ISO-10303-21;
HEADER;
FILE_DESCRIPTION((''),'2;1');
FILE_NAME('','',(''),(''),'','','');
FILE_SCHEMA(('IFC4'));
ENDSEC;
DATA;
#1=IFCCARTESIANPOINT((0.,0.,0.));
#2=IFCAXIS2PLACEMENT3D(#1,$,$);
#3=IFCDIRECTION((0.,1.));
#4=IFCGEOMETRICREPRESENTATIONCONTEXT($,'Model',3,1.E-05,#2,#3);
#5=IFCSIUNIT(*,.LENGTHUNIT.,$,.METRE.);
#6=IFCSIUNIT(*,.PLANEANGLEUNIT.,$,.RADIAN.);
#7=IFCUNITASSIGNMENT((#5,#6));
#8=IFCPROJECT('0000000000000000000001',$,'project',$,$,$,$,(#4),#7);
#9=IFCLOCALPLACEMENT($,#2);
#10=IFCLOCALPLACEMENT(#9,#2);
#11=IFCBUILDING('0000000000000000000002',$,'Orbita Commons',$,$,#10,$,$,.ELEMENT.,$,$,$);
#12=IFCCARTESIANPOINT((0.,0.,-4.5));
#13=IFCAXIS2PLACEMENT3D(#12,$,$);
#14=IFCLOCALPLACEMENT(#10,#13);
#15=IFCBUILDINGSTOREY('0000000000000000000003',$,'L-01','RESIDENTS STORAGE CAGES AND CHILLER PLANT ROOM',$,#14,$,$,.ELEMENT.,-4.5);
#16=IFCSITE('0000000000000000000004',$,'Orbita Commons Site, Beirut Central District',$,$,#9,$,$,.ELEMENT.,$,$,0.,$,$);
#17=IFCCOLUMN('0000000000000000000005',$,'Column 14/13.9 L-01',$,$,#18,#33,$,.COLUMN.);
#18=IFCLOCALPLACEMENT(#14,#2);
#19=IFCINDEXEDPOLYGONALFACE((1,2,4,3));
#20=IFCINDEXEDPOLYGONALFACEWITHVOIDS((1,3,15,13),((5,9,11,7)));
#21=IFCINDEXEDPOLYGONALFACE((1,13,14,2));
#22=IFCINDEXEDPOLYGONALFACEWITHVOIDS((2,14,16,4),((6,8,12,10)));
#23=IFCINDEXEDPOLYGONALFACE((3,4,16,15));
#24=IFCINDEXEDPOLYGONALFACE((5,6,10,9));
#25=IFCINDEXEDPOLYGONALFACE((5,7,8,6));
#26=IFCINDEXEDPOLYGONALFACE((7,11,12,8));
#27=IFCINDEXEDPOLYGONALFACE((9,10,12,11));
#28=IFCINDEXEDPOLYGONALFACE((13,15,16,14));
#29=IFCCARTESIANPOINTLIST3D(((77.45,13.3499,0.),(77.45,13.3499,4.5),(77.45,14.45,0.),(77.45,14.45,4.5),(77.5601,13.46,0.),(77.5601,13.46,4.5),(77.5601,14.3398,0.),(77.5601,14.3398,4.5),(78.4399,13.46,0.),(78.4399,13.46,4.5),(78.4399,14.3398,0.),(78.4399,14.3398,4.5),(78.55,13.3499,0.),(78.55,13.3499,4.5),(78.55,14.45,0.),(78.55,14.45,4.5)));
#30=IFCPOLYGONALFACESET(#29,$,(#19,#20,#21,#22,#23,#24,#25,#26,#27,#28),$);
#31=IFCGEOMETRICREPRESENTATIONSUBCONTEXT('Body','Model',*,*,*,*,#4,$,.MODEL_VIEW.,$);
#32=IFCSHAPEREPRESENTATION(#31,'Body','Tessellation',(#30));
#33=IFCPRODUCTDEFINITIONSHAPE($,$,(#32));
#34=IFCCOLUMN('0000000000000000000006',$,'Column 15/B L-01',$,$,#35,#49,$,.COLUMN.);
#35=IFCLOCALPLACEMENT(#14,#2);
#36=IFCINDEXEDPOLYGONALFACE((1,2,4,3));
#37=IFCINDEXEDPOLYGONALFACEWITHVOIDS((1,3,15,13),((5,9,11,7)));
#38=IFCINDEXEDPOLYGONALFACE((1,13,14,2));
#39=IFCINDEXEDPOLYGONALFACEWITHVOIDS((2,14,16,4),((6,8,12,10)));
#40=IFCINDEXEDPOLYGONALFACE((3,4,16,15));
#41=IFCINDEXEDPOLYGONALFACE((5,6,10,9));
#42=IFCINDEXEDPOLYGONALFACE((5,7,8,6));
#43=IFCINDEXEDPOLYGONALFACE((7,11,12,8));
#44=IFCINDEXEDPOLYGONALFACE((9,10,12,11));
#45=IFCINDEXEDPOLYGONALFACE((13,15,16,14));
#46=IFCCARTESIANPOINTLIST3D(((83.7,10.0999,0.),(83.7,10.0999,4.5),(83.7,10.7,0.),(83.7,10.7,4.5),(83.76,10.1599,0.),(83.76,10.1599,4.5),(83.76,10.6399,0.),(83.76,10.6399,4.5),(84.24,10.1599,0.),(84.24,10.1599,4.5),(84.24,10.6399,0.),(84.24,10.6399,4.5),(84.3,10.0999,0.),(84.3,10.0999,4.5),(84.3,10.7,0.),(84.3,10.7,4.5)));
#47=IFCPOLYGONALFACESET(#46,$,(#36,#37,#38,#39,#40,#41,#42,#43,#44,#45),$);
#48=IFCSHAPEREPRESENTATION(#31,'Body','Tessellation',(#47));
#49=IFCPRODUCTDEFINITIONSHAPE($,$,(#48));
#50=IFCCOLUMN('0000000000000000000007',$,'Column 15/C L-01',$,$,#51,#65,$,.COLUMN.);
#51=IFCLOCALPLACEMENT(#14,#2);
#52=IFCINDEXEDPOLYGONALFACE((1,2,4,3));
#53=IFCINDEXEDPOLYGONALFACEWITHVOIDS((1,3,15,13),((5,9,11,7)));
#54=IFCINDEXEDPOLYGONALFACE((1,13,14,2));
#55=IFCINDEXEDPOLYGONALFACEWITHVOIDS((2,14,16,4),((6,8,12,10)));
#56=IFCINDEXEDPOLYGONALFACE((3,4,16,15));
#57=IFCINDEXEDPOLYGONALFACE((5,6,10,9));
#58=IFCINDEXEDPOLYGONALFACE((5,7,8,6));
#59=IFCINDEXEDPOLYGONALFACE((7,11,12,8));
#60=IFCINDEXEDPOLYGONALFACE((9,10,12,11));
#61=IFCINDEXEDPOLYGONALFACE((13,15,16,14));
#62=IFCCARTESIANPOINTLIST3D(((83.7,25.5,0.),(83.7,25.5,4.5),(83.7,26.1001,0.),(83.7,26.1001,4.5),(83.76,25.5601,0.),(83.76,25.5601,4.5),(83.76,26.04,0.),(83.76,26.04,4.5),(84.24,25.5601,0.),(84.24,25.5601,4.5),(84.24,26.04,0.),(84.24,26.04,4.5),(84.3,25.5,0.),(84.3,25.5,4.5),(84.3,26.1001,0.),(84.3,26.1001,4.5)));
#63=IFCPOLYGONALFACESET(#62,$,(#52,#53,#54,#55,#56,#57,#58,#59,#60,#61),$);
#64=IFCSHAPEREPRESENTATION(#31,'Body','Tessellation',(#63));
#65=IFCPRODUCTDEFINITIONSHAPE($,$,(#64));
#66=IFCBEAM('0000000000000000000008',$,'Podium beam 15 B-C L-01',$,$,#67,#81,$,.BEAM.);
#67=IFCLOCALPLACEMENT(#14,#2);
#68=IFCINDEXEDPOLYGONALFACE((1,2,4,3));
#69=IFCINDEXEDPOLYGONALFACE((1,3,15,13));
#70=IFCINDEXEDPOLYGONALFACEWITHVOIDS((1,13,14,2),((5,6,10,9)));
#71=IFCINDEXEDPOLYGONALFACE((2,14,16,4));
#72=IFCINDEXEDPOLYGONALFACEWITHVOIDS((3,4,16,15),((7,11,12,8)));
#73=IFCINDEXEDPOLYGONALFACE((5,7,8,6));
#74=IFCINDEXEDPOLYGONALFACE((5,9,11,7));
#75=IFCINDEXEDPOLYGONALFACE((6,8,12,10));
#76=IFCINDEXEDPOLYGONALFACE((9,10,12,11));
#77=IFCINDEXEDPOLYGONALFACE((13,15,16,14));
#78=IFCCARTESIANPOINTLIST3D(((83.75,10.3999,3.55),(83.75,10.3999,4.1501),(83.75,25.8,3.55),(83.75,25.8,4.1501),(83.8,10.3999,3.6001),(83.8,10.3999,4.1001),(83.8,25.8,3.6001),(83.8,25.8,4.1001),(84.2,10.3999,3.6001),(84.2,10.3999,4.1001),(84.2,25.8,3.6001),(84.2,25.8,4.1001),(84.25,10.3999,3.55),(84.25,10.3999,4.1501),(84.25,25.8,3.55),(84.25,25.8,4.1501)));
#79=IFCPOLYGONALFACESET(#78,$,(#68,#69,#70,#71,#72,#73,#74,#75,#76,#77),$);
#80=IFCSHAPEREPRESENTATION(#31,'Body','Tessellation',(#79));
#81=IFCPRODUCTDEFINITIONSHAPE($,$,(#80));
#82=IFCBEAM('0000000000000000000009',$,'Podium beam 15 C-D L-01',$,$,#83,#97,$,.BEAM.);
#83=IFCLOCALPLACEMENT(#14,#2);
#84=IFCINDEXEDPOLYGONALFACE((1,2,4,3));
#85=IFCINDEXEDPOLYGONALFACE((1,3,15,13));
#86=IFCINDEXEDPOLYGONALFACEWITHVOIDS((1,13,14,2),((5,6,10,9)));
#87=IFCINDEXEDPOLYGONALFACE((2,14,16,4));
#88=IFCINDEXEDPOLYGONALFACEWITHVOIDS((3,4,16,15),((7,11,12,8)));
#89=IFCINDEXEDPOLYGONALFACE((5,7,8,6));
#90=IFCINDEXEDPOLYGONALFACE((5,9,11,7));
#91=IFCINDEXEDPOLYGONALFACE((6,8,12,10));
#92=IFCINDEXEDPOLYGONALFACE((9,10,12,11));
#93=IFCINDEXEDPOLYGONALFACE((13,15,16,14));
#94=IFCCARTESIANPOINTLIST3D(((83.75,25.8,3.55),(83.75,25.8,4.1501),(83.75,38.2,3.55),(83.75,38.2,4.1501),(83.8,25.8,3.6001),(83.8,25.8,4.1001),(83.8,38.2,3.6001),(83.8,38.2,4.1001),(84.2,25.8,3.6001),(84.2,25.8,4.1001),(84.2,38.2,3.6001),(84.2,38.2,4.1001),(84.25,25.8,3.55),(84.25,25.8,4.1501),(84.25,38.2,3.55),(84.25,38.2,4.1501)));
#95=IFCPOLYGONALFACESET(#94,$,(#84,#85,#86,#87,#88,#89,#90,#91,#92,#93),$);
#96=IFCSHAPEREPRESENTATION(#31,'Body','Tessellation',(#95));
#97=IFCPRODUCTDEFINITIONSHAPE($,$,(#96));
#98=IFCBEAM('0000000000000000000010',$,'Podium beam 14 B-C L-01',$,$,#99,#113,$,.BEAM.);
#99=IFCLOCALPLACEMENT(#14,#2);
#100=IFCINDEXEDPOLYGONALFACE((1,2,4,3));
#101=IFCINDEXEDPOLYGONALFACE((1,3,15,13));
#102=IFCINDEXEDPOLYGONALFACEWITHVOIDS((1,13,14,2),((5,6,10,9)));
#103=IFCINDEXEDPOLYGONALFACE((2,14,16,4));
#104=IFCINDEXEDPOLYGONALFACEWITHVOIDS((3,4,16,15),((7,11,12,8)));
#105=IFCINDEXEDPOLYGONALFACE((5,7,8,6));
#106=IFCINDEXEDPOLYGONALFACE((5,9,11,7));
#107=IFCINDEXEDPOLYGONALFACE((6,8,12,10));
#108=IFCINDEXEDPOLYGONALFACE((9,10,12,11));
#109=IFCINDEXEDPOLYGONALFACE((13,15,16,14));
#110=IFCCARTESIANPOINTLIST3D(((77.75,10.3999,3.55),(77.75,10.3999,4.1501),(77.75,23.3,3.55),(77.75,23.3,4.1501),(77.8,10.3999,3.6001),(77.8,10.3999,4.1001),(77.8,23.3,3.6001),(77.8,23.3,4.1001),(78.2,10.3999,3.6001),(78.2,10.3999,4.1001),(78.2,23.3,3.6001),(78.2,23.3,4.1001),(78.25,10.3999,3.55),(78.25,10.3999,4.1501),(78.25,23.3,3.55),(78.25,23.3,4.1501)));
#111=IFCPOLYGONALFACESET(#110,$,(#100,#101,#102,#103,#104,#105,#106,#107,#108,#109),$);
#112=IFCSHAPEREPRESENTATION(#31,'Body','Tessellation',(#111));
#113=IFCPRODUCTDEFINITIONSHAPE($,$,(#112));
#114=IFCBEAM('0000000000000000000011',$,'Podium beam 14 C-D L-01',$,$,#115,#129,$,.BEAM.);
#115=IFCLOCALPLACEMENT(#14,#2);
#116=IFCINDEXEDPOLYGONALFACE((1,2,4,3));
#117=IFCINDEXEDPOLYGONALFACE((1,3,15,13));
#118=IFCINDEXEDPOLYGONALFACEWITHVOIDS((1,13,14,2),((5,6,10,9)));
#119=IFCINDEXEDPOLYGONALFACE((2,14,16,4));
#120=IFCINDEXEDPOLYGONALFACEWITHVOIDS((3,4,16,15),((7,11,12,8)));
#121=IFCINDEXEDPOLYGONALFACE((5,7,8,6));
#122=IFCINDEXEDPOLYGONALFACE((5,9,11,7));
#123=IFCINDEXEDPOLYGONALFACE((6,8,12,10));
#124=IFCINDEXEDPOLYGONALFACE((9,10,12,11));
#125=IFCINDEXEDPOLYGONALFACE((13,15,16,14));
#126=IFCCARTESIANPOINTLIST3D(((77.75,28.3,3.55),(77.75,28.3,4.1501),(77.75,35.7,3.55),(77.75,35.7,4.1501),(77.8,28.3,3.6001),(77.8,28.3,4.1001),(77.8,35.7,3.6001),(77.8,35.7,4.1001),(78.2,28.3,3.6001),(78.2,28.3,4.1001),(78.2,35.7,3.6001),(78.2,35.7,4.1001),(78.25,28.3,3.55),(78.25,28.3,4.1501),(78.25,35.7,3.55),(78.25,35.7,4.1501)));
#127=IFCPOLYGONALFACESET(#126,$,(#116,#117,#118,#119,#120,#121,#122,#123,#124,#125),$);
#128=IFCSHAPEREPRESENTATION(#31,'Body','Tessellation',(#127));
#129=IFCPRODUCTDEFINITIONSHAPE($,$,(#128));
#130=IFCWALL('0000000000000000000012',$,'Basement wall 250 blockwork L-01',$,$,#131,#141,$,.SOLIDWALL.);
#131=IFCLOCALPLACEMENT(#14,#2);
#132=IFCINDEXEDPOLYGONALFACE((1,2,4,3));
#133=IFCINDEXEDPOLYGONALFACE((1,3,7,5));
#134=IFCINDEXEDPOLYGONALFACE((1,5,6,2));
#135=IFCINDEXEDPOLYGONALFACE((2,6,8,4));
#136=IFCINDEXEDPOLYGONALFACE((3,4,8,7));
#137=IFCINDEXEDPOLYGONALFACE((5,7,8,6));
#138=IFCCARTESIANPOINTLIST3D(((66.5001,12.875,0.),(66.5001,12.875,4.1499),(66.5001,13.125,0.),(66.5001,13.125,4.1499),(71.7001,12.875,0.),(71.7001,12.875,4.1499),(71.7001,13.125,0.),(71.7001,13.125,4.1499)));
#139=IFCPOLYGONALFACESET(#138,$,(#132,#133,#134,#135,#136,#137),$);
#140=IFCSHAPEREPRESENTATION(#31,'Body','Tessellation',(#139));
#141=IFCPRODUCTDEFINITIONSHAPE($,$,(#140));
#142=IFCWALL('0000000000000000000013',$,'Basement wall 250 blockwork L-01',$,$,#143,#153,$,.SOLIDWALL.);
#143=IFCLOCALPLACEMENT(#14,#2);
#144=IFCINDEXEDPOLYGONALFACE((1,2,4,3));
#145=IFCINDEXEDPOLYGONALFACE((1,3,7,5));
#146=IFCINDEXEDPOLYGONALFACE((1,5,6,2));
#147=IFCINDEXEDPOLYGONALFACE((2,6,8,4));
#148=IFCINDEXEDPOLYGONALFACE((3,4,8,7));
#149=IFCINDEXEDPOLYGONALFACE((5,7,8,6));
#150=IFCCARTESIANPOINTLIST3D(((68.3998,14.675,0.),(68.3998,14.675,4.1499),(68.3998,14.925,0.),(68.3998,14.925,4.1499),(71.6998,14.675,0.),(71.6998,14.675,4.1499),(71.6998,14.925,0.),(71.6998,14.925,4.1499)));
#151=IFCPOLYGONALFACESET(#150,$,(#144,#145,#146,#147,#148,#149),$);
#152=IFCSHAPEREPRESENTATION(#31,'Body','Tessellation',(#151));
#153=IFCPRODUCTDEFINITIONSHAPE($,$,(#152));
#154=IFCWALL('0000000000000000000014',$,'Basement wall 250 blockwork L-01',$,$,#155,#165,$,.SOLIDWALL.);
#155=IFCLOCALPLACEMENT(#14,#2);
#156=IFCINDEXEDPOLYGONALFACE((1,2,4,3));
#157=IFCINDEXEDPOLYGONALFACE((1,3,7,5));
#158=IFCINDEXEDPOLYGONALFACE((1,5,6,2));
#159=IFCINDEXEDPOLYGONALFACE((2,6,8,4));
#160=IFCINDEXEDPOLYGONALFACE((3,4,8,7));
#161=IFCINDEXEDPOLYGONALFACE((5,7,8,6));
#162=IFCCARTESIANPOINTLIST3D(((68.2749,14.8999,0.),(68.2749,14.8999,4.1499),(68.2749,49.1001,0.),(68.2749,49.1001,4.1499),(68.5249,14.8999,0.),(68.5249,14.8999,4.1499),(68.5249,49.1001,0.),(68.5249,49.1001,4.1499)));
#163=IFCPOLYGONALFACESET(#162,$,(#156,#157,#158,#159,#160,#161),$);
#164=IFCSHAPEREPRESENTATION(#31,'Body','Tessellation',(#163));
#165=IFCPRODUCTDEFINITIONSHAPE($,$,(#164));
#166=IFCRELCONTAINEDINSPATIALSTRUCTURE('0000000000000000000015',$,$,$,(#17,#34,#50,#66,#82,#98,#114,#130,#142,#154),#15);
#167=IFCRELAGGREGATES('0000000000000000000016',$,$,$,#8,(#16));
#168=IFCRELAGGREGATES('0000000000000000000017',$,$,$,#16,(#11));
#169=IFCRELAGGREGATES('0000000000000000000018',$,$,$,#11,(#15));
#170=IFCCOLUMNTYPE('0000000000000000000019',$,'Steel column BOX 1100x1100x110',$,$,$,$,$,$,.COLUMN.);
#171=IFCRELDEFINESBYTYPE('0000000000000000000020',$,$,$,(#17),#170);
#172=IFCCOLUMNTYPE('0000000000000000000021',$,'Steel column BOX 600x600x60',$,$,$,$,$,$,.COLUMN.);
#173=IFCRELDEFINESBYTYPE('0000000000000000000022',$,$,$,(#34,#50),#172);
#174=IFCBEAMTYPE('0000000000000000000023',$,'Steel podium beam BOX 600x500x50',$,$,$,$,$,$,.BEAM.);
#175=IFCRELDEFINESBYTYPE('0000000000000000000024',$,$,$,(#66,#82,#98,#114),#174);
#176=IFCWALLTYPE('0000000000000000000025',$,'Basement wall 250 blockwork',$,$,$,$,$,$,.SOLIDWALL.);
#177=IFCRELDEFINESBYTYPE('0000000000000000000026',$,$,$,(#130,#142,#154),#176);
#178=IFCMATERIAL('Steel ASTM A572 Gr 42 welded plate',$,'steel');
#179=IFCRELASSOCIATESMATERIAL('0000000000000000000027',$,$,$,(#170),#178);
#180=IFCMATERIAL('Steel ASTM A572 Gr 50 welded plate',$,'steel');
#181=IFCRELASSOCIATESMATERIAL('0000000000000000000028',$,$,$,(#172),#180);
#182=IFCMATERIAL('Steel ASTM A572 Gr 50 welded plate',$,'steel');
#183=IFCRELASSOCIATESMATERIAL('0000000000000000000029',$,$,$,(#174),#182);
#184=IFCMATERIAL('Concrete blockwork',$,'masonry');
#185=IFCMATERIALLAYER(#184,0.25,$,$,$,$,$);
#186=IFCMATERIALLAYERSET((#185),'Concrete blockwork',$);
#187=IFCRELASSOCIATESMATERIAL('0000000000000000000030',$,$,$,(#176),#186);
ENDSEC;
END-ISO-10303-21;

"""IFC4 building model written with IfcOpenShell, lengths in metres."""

from ifc_helpers import new_model, si_unit, direction, frame, frame_2d, origin, origin_2d, place, context, subcontext, project, spatial, rectangle, hollow_rectangle, extrude, material, layer, layer_set, material_profile, profile_set, type_object, element, save


model = new_model("IFC4")

# Units and contexts
model_context = context("Model", 3, precision=1e-05, world=origin(), true_north=direction((0.0, 1.0)))
body_context = subcontext(model_context, "Body", "Model", "MODEL_VIEW")
ifc_project = project(units=[si_unit("LENGTHUNIT", "METRE"), si_unit("PLANEANGLEUNIT", "RADIAN")], contexts=[model_context])

# Site, building, storey
site_placement = place(None, origin())
site = spatial("IfcSite", under=ifc_project, at=site_placement, Name="Orbita Commons Site, Beirut Central District", CompositionType="ELEMENT", RefElevation=0.0)
building_placement = place(site_placement, origin())
building = spatial("IfcBuilding", under=site, at=building_placement, Name="Orbita Commons", CompositionType="ELEMENT")
storey_placement = place(building_placement, frame((0.0, 0.0, -4.5)))
storey = spatial("IfcBuildingStorey", under=building, at=storey_placement, Name="L-01", Description="RESIDENTS STORAGE CAGES AND CHILLER PLANT ROOM", CompositionType="ELEMENT", Elevation=-4.5)

# Columns
ifc_material_1 = material(Name="Steel ASTM A572 Gr 42 welded plate", Category="steel")
ifc_material_profile_1 = material_profile(ifc_material_1, hollow_rectangle(XDim=1.1001, YDim=1.1001, WallThickness=0.1101, at=origin_2d()), Name="BOX 1100x1100x110")
ifc_profile_set_1 = profile_set([ifc_material_profile_1], Name="Steel ASTM A572 Gr 42 welded plate")
column_type_1 = type_object("IfcColumnType", Name="Steel column BOX 1100x1100x110", PredefinedType="COLUMN", material=ifc_profile_set_1)
column_placement = place(storey_placement, frame((78.0, 13.8999, 0.0), z_axis=(0.0, 0.0, 1.0), x_axis=(1.0, 0.0, 0.0)))
element("IfcColumn", 1, at=column_placement, inside=storey, type_object=column_type_1, Name="Column 14/13.9 L-01", PredefinedType="COLUMN", context=body_context, shape_type="SweptSolid", body=[
    extrude(hollow_rectangle(XDim=1.1001, YDim=1.1001, WallThickness=0.1101, at=origin_2d()), origin(), (0.0, 0.0, 1.0), 4.5),
])
ifc_material_2 = material(Name="Steel ASTM A572 Gr 50 welded plate", Category="steel")
ifc_material_profile_2 = material_profile(ifc_material_2, hollow_rectangle(XDim=0.6001, YDim=0.6001, WallThickness=0.0601, at=origin_2d()), Name="BOX 600x600x60")
ifc_profile_set_2 = profile_set([ifc_material_profile_2], Name="Steel ASTM A572 Gr 50 welded plate")
column_type_2 = type_object("IfcColumnType", Name="Steel column BOX 600x600x60", PredefinedType="COLUMN", material=ifc_profile_set_2)
for number, where, z_axis, x_axis, name in (
    (2, (84.0, 10.3999, 0.0), (0.0, 0.0, 1.0), (1.0, 0.0, 0.0), "Column 15/B L-01"),
    (3, (84.0, 25.8, 0.0), (0.0, 0.0, 1.0), (1.0, 0.0, 0.0), "Column 15/C L-01"),
):
    element("IfcColumn", number, at=place(storey_placement, frame(where, z_axis=z_axis, x_axis=x_axis)), inside=storey, type_object=column_type_2, Name=name, PredefinedType="COLUMN", context=body_context, shape_type="SweptSolid", body=[
        extrude(hollow_rectangle(XDim=0.6001, YDim=0.6001, WallThickness=0.0601, at=origin_2d()), origin(), (0.0, 0.0, 1.0), 4.5),
    ])

# Beams
ifc_material_3 = material(Name="Steel ASTM A572 Gr 50 welded plate", Category="steel")
ifc_material_profile_3 = material_profile(ifc_material_3, hollow_rectangle(XDim=0.5, YDim=0.6001, WallThickness=0.05, at=origin_2d()), Name="BOX 600x500x50")
ifc_profile_set_3 = profile_set([ifc_material_profile_3], Name="Steel ASTM A572 Gr 50 welded plate")
beam_type = type_object("IfcBeamType", Name="Steel podium beam BOX 600x500x50", PredefinedType="BEAM", material=ifc_profile_set_3)
beam_1_placement = place(storey_placement, frame((84.0, 10.3999, 3.8501), z_axis=(0.0, 1.0, 0.0), x_axis=(-1.0, 0.0, 0.0)))
element("IfcBeam", 4, at=beam_1_placement, inside=storey, type_object=beam_type, Name="Podium beam 15 B-C L-01", PredefinedType="BEAM", context=body_context, shape_type="SweptSolid", body=[
    extrude(hollow_rectangle(XDim=0.5, YDim=0.6001, WallThickness=0.05, at=origin_2d()), origin(), (0.0, 0.0, 1.0), 15.4001),
])
beam_2_placement = place(storey_placement, frame((84.0, 25.8, 3.8501), z_axis=(0.0, 1.0, 0.0), x_axis=(-1.0, 0.0, 0.0)))
element("IfcBeam", 5, at=beam_2_placement, inside=storey, type_object=beam_type, Name="Podium beam 15 C-D L-01", PredefinedType="BEAM", context=body_context, shape_type="SweptSolid", body=[
    extrude(hollow_rectangle(XDim=0.5, YDim=0.6001, WallThickness=0.05, at=origin_2d()), origin(), (0.0, 0.0, 1.0), 12.3999),
])
beam_3_placement = place(storey_placement, frame((78.0, 10.3999, 3.8501), z_axis=(0.0, 1.0, 0.0), x_axis=(-1.0, 0.0, 0.0)))
element("IfcBeam", 6, at=beam_3_placement, inside=storey, type_object=beam_type, Name="Podium beam 14 B-C L-01", PredefinedType="BEAM", context=body_context, shape_type="SweptSolid", body=[
    extrude(hollow_rectangle(XDim=0.5, YDim=0.6001, WallThickness=0.05, at=origin_2d()), origin(), (0.0, 0.0, 1.0), 12.9001),
])
beam_4_placement = place(storey_placement, frame((78.0, 28.3, 3.8501), z_axis=(0.0, 1.0, 0.0), x_axis=(-1.0, 0.0, 0.0)))
element("IfcBeam", 7, at=beam_4_placement, inside=storey, type_object=beam_type, Name="Podium beam 14 C-D L-01", PredefinedType="BEAM", context=body_context, shape_type="SweptSolid", body=[
    extrude(hollow_rectangle(XDim=0.5, YDim=0.6001, WallThickness=0.05, at=origin_2d()), origin(), (0.0, 0.0, 1.0), 7.3999),
])

# Walls
ifc_material_4 = material(Name="Concrete blockwork", Category="masonry")
ifc_layer_1 = layer(ifc_material_4, 0.25)
ifc_layer_set_1 = layer_set([ifc_layer_1], Name="Concrete blockwork")
wall_type_1 = type_object("IfcWallType", Name="Basement wall 250 blockwork", PredefinedType="SOLIDWALL", material=ifc_layer_set_1)
wall_1_placement = place(storey_placement, frame((66.5, 13.0, 0.0), z_axis=(0.0, 0.0, 1.0), x_axis=(1.0, 0.0, 0.0)))
element("IfcWall", 8, at=wall_1_placement, inside=storey, type_object=wall_type_1, Name="Basement wall 250 blockwork L-01", PredefinedType="SOLIDWALL", context=body_context, shape_type="SweptSolid", body=[
    extrude(rectangle(XDim=5.2, YDim=0.25, at=frame_2d((2.6001, 0.0))), origin(), (0.0, 0.0, 1.0), 4.1499),
])
wall_2_placement = place(storey_placement, frame((68.3999, 14.8, 0.0), z_axis=(0.0, 0.0, 1.0), x_axis=(1.0, 0.0, 0.0)))
element("IfcWall", 9, at=wall_2_placement, inside=storey, type_object=wall_type_1, Name="Basement wall 250 blockwork L-01", PredefinedType="SOLIDWALL", context=body_context, shape_type="SweptSolid", body=[
    extrude(rectangle(XDim=3.3, YDim=0.25, at=frame_2d((1.6499, 0.0))), origin(), (0.0, 0.0, 1.0), 4.1499),
])
wall_3_placement = place(storey_placement, frame((68.3999, 14.8999, 0.0), z_axis=(0.0, 0.0, 1.0), x_axis=(0.0, 1.0, 0.0)))
element("IfcWall", 10, at=wall_3_placement, inside=storey, type_object=wall_type_1, Name="Basement wall 250 blockwork L-01", PredefinedType="SOLIDWALL", context=body_context, shape_type="SweptSolid", body=[
    extrude(rectangle(XDim=34.2002, YDim=0.25, at=frame_2d((17.1001, 0.0))), origin(), (0.0, 0.0, 1.0), 4.1499),
])

save(model, "model.ifc")
